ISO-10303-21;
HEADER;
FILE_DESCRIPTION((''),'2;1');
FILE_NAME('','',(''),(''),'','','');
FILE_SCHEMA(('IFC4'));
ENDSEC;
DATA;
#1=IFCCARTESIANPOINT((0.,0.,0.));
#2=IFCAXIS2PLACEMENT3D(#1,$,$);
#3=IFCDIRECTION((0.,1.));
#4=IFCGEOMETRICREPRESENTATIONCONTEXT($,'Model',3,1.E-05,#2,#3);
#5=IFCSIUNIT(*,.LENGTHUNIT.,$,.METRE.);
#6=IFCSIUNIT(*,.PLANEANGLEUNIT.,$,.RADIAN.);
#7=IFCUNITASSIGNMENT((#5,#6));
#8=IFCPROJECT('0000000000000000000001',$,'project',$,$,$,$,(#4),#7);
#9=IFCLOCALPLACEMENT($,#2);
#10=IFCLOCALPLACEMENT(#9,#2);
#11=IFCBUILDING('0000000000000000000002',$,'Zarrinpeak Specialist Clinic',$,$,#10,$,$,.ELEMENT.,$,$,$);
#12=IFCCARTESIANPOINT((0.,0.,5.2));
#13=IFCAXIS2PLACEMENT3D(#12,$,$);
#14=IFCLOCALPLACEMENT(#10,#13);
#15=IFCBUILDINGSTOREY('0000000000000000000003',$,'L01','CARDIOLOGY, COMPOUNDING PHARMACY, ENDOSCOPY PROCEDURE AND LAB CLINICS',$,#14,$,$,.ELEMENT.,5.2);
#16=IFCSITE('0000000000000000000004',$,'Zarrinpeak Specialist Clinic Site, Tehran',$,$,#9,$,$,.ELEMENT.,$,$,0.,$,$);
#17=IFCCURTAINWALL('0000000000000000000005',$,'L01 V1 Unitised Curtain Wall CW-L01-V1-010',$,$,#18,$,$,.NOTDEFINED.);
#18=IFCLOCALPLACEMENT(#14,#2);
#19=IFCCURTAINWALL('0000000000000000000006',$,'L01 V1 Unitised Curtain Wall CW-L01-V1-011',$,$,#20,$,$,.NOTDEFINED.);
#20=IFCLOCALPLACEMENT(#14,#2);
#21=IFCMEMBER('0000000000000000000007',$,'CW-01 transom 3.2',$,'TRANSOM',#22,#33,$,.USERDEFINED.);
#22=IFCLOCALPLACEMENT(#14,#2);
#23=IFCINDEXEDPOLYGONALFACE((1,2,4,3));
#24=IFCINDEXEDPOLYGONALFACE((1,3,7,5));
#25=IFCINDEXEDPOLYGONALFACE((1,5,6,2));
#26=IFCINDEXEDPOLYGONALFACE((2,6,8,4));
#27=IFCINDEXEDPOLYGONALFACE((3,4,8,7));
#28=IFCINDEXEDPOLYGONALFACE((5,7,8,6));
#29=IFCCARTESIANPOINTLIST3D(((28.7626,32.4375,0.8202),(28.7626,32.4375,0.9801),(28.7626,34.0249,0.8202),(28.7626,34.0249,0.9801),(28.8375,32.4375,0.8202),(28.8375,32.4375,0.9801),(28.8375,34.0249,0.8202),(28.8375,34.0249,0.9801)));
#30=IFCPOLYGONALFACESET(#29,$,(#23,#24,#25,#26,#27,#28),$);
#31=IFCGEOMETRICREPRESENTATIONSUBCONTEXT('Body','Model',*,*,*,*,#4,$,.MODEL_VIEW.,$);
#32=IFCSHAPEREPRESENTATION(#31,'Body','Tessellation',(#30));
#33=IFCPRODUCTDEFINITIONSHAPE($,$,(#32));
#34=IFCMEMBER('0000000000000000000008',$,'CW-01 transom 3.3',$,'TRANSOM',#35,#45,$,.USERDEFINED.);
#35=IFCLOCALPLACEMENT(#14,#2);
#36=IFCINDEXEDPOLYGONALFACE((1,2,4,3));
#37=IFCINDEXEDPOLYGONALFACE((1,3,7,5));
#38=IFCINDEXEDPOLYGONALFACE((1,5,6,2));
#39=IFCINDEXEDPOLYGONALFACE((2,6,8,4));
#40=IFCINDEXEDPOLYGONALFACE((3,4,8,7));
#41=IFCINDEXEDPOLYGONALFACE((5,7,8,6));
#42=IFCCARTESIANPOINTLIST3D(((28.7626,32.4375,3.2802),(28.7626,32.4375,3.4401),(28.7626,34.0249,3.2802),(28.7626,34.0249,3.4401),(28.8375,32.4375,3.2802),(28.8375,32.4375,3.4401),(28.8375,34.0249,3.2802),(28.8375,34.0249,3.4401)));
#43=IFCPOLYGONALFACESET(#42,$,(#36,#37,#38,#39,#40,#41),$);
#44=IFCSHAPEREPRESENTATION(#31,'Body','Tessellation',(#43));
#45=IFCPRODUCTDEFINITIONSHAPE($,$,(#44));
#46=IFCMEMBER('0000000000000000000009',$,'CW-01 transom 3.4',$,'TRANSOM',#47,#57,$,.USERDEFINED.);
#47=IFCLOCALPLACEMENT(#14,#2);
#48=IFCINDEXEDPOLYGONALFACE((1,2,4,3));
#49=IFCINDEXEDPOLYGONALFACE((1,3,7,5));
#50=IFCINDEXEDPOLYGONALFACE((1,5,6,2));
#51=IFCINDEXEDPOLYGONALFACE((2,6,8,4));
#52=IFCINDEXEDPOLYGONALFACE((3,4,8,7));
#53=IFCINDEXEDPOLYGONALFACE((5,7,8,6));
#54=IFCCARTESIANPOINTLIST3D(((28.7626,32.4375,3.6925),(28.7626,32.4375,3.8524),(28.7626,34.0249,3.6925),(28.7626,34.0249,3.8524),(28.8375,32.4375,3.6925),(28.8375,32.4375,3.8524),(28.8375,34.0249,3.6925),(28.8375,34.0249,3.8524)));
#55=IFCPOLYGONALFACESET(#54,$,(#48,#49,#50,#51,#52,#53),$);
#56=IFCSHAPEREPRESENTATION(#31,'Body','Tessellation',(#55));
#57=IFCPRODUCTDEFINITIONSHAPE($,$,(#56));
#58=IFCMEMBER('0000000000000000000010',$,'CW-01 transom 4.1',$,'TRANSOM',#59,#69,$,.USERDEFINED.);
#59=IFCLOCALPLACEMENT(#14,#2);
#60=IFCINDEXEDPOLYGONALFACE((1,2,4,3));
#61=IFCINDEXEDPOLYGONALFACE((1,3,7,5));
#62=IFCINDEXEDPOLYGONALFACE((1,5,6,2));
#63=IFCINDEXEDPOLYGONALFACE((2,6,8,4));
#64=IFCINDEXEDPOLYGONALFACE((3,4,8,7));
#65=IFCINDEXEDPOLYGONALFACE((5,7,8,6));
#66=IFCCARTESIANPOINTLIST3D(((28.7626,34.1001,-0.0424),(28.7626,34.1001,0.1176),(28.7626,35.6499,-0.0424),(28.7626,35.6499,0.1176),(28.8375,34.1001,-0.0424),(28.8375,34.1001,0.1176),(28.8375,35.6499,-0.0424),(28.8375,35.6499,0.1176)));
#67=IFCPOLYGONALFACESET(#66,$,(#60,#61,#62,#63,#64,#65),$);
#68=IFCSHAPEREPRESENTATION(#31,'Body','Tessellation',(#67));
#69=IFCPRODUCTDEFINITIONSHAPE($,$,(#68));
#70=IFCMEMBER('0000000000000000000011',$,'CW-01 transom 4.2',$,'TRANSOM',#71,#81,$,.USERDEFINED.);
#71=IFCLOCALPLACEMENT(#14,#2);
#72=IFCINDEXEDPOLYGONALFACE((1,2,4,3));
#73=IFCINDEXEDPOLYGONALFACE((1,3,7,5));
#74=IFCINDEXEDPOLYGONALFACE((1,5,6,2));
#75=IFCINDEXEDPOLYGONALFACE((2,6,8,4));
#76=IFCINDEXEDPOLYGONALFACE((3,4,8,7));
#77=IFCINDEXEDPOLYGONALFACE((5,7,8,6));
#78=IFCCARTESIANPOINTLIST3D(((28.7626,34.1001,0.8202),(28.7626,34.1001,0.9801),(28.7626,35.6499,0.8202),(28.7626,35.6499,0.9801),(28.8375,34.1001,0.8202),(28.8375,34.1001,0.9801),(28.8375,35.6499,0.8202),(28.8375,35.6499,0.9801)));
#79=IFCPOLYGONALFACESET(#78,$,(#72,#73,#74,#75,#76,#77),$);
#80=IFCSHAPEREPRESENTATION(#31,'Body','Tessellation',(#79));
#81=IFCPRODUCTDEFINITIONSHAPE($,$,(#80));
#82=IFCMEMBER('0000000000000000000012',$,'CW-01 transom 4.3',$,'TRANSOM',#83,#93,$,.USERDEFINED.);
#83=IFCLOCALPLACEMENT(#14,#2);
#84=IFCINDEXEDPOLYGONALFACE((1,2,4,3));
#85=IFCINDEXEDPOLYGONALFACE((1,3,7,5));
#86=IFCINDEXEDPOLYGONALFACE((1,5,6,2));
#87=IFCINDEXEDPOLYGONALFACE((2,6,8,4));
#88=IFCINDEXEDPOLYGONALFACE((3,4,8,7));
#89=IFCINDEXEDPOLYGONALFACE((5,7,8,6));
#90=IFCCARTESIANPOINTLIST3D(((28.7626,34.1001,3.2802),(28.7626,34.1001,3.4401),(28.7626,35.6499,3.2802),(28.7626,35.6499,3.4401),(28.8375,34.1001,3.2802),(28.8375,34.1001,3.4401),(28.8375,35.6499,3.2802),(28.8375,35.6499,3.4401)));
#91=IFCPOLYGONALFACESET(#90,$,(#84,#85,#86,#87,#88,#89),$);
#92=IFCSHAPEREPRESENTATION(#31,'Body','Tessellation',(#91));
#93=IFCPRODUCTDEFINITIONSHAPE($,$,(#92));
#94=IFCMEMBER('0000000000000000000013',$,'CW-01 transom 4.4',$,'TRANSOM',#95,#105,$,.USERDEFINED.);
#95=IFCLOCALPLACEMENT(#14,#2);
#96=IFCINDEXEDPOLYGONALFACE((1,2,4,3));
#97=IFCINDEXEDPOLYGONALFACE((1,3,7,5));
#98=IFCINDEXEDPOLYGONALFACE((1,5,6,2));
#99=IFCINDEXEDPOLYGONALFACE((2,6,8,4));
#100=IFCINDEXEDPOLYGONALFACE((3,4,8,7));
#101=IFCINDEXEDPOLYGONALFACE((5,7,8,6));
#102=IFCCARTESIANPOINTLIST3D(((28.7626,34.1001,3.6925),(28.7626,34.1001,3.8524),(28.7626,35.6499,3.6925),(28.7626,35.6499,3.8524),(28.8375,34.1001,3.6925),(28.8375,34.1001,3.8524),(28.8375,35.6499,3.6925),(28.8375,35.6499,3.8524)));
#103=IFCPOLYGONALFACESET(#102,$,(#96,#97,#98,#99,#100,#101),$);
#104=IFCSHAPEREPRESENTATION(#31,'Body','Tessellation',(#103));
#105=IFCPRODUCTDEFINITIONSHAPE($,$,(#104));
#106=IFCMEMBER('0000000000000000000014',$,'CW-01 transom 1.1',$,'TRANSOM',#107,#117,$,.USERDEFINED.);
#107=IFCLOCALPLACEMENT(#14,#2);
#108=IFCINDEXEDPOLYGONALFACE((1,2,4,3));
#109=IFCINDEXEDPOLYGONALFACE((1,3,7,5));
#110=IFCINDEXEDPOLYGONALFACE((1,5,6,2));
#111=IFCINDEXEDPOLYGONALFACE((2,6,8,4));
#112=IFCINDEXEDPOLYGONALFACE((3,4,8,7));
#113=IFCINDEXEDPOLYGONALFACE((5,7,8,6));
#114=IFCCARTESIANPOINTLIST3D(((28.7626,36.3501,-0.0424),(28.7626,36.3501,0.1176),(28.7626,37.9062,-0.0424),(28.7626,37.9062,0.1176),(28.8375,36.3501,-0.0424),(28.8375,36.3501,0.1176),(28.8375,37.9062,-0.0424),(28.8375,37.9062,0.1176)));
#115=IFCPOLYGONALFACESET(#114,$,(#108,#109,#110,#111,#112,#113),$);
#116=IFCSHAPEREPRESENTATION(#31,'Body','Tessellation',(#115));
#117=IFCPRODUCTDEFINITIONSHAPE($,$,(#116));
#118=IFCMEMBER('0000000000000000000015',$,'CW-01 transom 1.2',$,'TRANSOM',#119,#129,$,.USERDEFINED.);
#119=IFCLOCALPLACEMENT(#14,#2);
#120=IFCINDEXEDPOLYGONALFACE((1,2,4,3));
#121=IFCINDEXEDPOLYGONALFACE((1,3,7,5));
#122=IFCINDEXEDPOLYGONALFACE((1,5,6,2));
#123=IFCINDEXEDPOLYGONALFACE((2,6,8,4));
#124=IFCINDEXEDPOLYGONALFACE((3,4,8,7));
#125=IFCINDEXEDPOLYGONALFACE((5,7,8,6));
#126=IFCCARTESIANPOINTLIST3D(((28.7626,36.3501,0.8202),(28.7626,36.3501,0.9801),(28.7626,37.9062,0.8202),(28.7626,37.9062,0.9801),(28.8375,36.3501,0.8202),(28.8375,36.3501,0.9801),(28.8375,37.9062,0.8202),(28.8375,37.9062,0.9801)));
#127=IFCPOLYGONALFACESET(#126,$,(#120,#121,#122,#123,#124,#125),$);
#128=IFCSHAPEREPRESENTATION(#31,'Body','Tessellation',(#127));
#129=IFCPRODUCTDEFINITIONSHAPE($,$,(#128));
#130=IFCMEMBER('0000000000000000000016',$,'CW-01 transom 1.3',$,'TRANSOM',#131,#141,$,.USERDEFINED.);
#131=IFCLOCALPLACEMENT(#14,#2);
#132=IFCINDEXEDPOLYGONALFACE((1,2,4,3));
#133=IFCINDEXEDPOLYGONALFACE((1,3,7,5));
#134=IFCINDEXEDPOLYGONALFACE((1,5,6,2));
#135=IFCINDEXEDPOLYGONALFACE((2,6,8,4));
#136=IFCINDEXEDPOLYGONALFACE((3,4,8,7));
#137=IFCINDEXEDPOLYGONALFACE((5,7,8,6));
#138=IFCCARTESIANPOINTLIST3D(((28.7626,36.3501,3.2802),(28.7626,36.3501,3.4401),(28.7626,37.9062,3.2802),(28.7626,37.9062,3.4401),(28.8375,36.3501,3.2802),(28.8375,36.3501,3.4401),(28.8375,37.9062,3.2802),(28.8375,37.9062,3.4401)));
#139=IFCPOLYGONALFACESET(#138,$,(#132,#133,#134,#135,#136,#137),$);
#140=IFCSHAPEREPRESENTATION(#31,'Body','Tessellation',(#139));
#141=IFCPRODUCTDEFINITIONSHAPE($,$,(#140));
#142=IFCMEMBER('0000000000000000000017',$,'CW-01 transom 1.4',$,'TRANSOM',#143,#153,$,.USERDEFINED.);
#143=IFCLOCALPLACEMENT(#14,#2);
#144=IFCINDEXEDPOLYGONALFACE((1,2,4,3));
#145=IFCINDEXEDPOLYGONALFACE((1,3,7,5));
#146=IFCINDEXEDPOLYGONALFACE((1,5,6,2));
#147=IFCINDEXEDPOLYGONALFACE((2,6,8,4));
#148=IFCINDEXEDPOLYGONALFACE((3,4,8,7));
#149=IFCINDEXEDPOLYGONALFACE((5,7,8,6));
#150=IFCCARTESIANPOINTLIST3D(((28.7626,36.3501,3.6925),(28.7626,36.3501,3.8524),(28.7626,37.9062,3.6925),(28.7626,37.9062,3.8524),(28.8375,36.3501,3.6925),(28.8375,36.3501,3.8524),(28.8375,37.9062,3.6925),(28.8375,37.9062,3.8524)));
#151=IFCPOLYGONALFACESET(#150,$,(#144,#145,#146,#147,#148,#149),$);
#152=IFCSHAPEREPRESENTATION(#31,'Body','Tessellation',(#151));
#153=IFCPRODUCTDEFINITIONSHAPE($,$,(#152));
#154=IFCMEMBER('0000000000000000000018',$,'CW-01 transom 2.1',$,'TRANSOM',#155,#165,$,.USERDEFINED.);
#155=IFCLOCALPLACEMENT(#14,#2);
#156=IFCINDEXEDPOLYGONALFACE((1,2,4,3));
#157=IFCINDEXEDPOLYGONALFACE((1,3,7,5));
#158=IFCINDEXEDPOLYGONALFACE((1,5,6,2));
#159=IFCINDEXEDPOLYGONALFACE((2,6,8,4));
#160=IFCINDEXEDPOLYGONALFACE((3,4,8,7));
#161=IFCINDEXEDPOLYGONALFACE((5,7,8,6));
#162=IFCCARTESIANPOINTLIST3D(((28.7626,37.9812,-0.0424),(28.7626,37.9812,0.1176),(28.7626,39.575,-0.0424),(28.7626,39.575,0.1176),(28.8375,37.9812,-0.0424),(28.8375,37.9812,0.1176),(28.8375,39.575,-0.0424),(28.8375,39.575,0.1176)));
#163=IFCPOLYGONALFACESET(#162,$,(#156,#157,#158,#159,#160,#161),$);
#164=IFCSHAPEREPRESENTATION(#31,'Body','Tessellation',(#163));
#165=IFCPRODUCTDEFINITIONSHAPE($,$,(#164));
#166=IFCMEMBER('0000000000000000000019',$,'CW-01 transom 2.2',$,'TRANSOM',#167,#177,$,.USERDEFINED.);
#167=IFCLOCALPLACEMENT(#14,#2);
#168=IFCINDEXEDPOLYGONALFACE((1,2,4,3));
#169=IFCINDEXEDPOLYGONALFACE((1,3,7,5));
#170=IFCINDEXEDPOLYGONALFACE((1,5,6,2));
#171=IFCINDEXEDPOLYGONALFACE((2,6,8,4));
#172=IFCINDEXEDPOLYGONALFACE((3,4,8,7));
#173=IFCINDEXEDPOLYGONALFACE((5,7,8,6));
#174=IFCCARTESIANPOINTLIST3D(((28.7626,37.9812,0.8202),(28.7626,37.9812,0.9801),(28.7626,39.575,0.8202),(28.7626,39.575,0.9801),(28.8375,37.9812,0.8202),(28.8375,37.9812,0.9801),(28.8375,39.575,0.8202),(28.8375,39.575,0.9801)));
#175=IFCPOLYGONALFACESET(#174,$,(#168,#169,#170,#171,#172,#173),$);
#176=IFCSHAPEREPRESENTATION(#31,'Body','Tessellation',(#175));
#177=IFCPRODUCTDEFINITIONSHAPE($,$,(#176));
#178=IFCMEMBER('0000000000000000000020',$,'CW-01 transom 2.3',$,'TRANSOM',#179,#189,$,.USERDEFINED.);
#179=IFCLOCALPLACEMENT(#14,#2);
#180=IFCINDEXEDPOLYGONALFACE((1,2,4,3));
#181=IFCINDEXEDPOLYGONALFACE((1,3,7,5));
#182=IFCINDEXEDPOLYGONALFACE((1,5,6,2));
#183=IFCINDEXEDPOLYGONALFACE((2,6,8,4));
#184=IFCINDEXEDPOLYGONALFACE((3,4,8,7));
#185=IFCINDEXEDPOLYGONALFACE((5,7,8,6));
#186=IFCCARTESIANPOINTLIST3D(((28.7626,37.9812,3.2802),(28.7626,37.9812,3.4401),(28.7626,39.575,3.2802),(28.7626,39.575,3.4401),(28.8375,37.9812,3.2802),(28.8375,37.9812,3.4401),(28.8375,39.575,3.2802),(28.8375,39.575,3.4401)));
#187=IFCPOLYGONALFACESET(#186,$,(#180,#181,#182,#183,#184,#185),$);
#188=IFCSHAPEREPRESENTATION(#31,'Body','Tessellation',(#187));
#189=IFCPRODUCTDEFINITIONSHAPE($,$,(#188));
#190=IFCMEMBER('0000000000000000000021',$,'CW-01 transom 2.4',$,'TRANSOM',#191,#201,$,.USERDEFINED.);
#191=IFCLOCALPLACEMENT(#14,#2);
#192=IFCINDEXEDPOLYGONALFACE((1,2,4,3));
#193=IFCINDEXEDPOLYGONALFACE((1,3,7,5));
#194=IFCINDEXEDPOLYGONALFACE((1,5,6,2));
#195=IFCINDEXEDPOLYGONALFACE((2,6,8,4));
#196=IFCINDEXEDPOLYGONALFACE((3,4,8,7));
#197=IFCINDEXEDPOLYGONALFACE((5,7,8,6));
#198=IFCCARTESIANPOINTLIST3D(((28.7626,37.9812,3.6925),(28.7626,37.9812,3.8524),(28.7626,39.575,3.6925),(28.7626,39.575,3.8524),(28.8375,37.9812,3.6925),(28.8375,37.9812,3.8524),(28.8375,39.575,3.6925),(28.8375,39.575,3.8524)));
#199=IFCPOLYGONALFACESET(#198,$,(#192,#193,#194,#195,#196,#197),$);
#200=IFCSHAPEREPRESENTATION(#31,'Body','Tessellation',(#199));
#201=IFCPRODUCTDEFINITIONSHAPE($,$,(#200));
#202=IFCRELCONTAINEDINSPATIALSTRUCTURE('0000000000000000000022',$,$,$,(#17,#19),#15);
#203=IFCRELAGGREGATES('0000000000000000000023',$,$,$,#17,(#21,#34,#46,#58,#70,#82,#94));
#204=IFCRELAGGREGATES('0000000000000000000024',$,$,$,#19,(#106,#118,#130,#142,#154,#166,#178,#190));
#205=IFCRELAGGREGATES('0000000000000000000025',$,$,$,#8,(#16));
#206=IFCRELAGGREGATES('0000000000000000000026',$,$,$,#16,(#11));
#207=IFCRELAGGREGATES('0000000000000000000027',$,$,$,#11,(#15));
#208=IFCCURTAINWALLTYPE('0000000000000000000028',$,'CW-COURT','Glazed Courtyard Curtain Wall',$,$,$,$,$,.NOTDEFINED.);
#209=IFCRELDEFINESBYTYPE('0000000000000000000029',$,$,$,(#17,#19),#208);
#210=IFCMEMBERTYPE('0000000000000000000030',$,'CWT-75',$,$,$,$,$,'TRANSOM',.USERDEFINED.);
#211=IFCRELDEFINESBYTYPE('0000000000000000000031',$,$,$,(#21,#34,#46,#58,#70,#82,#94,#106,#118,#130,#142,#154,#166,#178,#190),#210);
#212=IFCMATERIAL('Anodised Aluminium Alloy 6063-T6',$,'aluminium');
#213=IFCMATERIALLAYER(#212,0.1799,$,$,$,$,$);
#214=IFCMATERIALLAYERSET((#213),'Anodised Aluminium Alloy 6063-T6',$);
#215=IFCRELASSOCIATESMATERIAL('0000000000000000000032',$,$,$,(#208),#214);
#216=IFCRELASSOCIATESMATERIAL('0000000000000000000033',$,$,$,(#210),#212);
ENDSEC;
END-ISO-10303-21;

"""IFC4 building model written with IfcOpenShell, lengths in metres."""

from ifc_helpers import new_model, si_unit, direction, frame, origin, origin_2d, place, context, subcontext, project, spatial, rectangle, extrude, material, layer, layer_set, material_profile, profile_set, type_object, element, aggregate, save


model = new_model("IFC4")

# Units and contexts
model_context = context("Model", 3, precision=1e-05, world=origin(), true_north=direction((0.0, 1.0)))
body_context = subcontext(model_context, "Body", "Model", "MODEL_VIEW")
ifc_project = project(units=[si_unit("LENGTHUNIT", "METRE"), si_unit("PLANEANGLEUNIT", "RADIAN")], contexts=[model_context])

# Site, building, storey
site_placement = place(None, origin())
site = spatial("IfcSite", under=ifc_project, at=site_placement, Name="Zarrinpeak Specialist Clinic Site, Tehran", CompositionType="ELEMENT", RefElevation=0.0)
building_placement = place(site_placement, origin())
building = spatial("IfcBuilding", under=site, at=building_placement, Name="Zarrinpeak Specialist Clinic", CompositionType="ELEMENT")
storey_placement = place(building_placement, frame((0.0, 0.0, 5.2)))
storey = spatial("IfcBuildingStorey", under=building, at=storey_placement, Name="L01", Description="CARDIOLOGY, COMPOUNDING PHARMACY, ENDOSCOPY PROCEDURE AND LAB CLINICS", CompositionType="ELEMENT", Elevation=5.2)

# Curtain walls
ifc_material_1 = material(Name="Anodised Aluminium Alloy 6063-T6", Category="aluminium")
ifc_layer_1 = layer(ifc_material_1, 0.1799)
ifc_layer_set_1 = layer_set([ifc_layer_1], Name="Anodised Aluminium Alloy 6063-T6")
curtain_wall_type = type_object("IfcCurtainWallType", Name="CW-COURT", Description="Glazed Courtyard Curtain Wall", PredefinedType="NOTDEFINED", material=ifc_layer_set_1)
curtain_wall_1_placement = place(storey_placement, origin())
curtain_wall_1 = element("IfcCurtainWall", 1, at=curtain_wall_1_placement, inside=storey, type_object=curtain_wall_type, Name="L01 V1 Unitised Curtain Wall CW-L01-V1-010", PredefinedType="NOTDEFINED")
curtain_wall_2_placement = place(storey_placement, origin())
curtain_wall_2 = element("IfcCurtainWall", 2, at=curtain_wall_2_placement, inside=storey, type_object=curtain_wall_type, Name="L01 V1 Unitised Curtain Wall CW-L01-V1-011", PredefinedType="NOTDEFINED")

# Members
ifc_material_profile_1 = material_profile(ifc_material_1, rectangle(XDim=0.075, YDim=0.1599, at=origin_2d()), Name="ALU 75x160")
ifc_profile_set_1 = profile_set([ifc_material_profile_1], Name="Anodised Aluminium Alloy 6063-T6")
member_type_1 = type_object("IfcMemberType", Name="CWT-75", ElementType="TRANSOM", PredefinedType="USERDEFINED", material=ifc_profile_set_1)
member_1_placement = place(storey_placement, frame((28.8, 32.4375, 0.9001), z_axis=(0.0, 1.0, 0.0), x_axis=(-1.0, 0.0, 0.0)))
member_1 = element("IfcMember", 3, at=member_1_placement, type_object=member_type_1, Name="CW-01 transom 3.2", ObjectType="TRANSOM", PredefinedType="USERDEFINED", context=body_context, shape_type="SweptSolid", body=[
    extrude(rectangle(XDim=0.075, YDim=0.1599, at=origin_2d()), origin(), (0.0, 0.0, 1.0), 1.5874),
])
member_2_placement = place(storey_placement, frame((28.8, 32.4375, 3.3601), z_axis=(0.0, 1.0, 0.0), x_axis=(-1.0, 0.0, 0.0)))
member_2 = element("IfcMember", 4, at=member_2_placement, type_object=member_type_1, Name="CW-01 transom 3.3", ObjectType="TRANSOM", PredefinedType="USERDEFINED", context=body_context, shape_type="SweptSolid", body=[
    extrude(rectangle(XDim=0.075, YDim=0.1599, at=origin_2d()), origin(), (0.0, 0.0, 1.0), 1.5874),
])
member_3_placement = place(storey_placement, frame((28.8, 32.4375, 3.7725), z_axis=(0.0, 1.0, 0.0), x_axis=(-1.0, 0.0, 0.0)))
member_3 = element("IfcMember", 5, at=member_3_placement, type_object=member_type_1, Name="CW-01 transom 3.4", ObjectType="TRANSOM", PredefinedType="USERDEFINED", context=body_context, shape_type="SweptSolid", body=[
    extrude(rectangle(XDim=0.075, YDim=0.1599, at=origin_2d()), origin(), (0.0, 0.0, 1.0), 1.5874),
])
member_4_placement = place(storey_placement, frame((28.8, 34.1001, 0.0376), z_axis=(0.0, 1.0, 0.0), x_axis=(-1.0, 0.0, 0.0)))
member_4 = element("IfcMember", 6, at=member_4_placement, type_object=member_type_1, Name="CW-01 transom 4.1", ObjectType="TRANSOM", PredefinedType="USERDEFINED", context=body_context, shape_type="SweptSolid", body=[
    extrude(rectangle(XDim=0.075, YDim=0.1599, at=origin_2d()), origin(), (0.0, 0.0, 1.0), 1.5498),
])
member_5_placement = place(storey_placement, frame((28.8, 34.1001, 0.9001), z_axis=(0.0, 1.0, 0.0), x_axis=(-1.0, 0.0, 0.0)))
member_5 = element("IfcMember", 7, at=member_5_placement, type_object=member_type_1, Name="CW-01 transom 4.2", ObjectType="TRANSOM", PredefinedType="USERDEFINED", context=body_context, shape_type="SweptSolid", body=[
    extrude(rectangle(XDim=0.075, YDim=0.1599, at=origin_2d()), origin(), (0.0, 0.0, 1.0), 1.5498),
])
member_6_placement = place(storey_placement, frame((28.8, 34.1001, 3.3601), z_axis=(0.0, 1.0, 0.0), x_axis=(-1.0, 0.0, 0.0)))
member_6 = element("IfcMember", 8, at=member_6_placement, type_object=member_type_1, Name="CW-01 transom 4.3", ObjectType="TRANSOM", PredefinedType="USERDEFINED", context=body_context, shape_type="SweptSolid", body=[
    extrude(rectangle(XDim=0.075, YDim=0.1599, at=origin_2d()), origin(), (0.0, 0.0, 1.0), 1.5498),
])
member_7_placement = place(storey_placement, frame((28.8, 34.1001, 3.7725), z_axis=(0.0, 1.0, 0.0), x_axis=(-1.0, 0.0, 0.0)))
member_7 = element("IfcMember", 9, at=member_7_placement, type_object=member_type_1, Name="CW-01 transom 4.4", ObjectType="TRANSOM", PredefinedType="USERDEFINED", context=body_context, shape_type="SweptSolid", body=[
    extrude(rectangle(XDim=0.075, YDim=0.1599, at=origin_2d()), origin(), (0.0, 0.0, 1.0), 1.5498),
])
member_8_placement = place(storey_placement, frame((28.8, 36.3501, 0.0376), z_axis=(0.0, 1.0, 0.0), x_axis=(-1.0, 0.0, 0.0)))
member_8 = element("IfcMember", 10, at=member_8_placement, type_object=member_type_1, Name="CW-01 transom 1.1", ObjectType="TRANSOM", PredefinedType="USERDEFINED", context=body_context, shape_type="SweptSolid", body=[
    extrude(rectangle(XDim=0.075, YDim=0.1599, at=origin_2d()), origin(), (0.0, 0.0, 1.0), 1.5562),
])
member_9_placement = place(storey_placement, frame((28.8, 36.3501, 0.9001), z_axis=(0.0, 1.0, 0.0), x_axis=(-1.0, 0.0, 0.0)))
member_9 = element("IfcMember", 11, at=member_9_placement, type_object=member_type_1, Name="CW-01 transom 1.2", ObjectType="TRANSOM", PredefinedType="USERDEFINED", context=body_context, shape_type="SweptSolid", body=[
    extrude(rectangle(XDim=0.075, YDim=0.1599, at=origin_2d()), origin(), (0.0, 0.0, 1.0), 1.5562),
])
member_10_placement = place(storey_placement, frame((28.8, 36.3501, 3.3601), z_axis=(0.0, 1.0, 0.0), x_axis=(-1.0, 0.0, 0.0)))
member_10 = element("IfcMember", 12, at=member_10_placement, type_object=member_type_1, Name="CW-01 transom 1.3", ObjectType="TRANSOM", PredefinedType="USERDEFINED", context=body_context, shape_type="SweptSolid", body=[
    extrude(rectangle(XDim=0.075, YDim=0.1599, at=origin_2d()), origin(), (0.0, 0.0, 1.0), 1.5562),
])
member_11_placement = place(storey_placement, frame((28.8, 36.3501, 3.7725), z_axis=(0.0, 1.0, 0.0), x_axis=(-1.0, 0.0, 0.0)))
member_11 = element("IfcMember", 13, at=member_11_placement, type_object=member_type_1, Name="CW-01 transom 1.4", ObjectType="TRANSOM", PredefinedType="USERDEFINED", context=body_context, shape_type="SweptSolid", body=[
    extrude(rectangle(XDim=0.075, YDim=0.1599, at=origin_2d()), origin(), (0.0, 0.0, 1.0), 1.5562),
])
member_12_placement = place(storey_placement, frame((28.8, 37.9812, 0.0376), z_axis=(0.0, 1.0, 0.0), x_axis=(-1.0, 0.0, 0.0)))
member_12 = element("IfcMember", 14, at=member_12_placement, type_object=member_type_1, Name="CW-01 transom 2.1", ObjectType="TRANSOM", PredefinedType="USERDEFINED", context=body_context, shape_type="SweptSolid", body=[
    extrude(rectangle(XDim=0.075, YDim=0.1599, at=origin_2d()), origin(), (0.0, 0.0, 1.0), 1.5938),
])
member_13_placement = place(storey_placement, frame((28.8, 37.9812, 0.9001), z_axis=(0.0, 1.0, 0.0), x_axis=(-1.0, 0.0, 0.0)))
member_13 = element("IfcMember", 15, at=member_13_placement, type_object=member_type_1, Name="CW-01 transom 2.2", ObjectType="TRANSOM", PredefinedType="USERDEFINED", context=body_context, shape_type="SweptSolid", body=[
    extrude(rectangle(XDim=0.075, YDim=0.1599, at=origin_2d()), origin(), (0.0, 0.0, 1.0), 1.5938),
])
member_14_placement = place(storey_placement, frame((28.8, 37.9812, 3.3601), z_axis=(0.0, 1.0, 0.0), x_axis=(-1.0, 0.0, 0.0)))
member_14 = element("IfcMember", 16, at=member_14_placement, type_object=member_type_1, Name="CW-01 transom 2.3", ObjectType="TRANSOM", PredefinedType="USERDEFINED", context=body_context, shape_type="SweptSolid", body=[
    extrude(rectangle(XDim=0.075, YDim=0.1599, at=origin_2d()), origin(), (0.0, 0.0, 1.0), 1.5938),
])
member_15_placement = place(storey_placement, frame((28.8, 37.9812, 3.7725), z_axis=(0.0, 1.0, 0.0), x_axis=(-1.0, 0.0, 0.0)))
member_15 = element("IfcMember", 17, at=member_15_placement, type_object=member_type_1, Name="CW-01 transom 2.4", ObjectType="TRANSOM", PredefinedType="USERDEFINED", context=body_context, shape_type="SweptSolid", body=[
    extrude(rectangle(XDim=0.075, YDim=0.1599, at=origin_2d()), origin(), (0.0, 0.0, 1.0), 1.5938),
])

aggregate(curtain_wall_1, [member_1, member_2, member_3, member_4, member_5, member_6, member_7])
aggregate(curtain_wall_2, [member_8, member_9, member_10, member_11, member_12, member_13, member_14, member_15])

save(model, "model.ifc")
